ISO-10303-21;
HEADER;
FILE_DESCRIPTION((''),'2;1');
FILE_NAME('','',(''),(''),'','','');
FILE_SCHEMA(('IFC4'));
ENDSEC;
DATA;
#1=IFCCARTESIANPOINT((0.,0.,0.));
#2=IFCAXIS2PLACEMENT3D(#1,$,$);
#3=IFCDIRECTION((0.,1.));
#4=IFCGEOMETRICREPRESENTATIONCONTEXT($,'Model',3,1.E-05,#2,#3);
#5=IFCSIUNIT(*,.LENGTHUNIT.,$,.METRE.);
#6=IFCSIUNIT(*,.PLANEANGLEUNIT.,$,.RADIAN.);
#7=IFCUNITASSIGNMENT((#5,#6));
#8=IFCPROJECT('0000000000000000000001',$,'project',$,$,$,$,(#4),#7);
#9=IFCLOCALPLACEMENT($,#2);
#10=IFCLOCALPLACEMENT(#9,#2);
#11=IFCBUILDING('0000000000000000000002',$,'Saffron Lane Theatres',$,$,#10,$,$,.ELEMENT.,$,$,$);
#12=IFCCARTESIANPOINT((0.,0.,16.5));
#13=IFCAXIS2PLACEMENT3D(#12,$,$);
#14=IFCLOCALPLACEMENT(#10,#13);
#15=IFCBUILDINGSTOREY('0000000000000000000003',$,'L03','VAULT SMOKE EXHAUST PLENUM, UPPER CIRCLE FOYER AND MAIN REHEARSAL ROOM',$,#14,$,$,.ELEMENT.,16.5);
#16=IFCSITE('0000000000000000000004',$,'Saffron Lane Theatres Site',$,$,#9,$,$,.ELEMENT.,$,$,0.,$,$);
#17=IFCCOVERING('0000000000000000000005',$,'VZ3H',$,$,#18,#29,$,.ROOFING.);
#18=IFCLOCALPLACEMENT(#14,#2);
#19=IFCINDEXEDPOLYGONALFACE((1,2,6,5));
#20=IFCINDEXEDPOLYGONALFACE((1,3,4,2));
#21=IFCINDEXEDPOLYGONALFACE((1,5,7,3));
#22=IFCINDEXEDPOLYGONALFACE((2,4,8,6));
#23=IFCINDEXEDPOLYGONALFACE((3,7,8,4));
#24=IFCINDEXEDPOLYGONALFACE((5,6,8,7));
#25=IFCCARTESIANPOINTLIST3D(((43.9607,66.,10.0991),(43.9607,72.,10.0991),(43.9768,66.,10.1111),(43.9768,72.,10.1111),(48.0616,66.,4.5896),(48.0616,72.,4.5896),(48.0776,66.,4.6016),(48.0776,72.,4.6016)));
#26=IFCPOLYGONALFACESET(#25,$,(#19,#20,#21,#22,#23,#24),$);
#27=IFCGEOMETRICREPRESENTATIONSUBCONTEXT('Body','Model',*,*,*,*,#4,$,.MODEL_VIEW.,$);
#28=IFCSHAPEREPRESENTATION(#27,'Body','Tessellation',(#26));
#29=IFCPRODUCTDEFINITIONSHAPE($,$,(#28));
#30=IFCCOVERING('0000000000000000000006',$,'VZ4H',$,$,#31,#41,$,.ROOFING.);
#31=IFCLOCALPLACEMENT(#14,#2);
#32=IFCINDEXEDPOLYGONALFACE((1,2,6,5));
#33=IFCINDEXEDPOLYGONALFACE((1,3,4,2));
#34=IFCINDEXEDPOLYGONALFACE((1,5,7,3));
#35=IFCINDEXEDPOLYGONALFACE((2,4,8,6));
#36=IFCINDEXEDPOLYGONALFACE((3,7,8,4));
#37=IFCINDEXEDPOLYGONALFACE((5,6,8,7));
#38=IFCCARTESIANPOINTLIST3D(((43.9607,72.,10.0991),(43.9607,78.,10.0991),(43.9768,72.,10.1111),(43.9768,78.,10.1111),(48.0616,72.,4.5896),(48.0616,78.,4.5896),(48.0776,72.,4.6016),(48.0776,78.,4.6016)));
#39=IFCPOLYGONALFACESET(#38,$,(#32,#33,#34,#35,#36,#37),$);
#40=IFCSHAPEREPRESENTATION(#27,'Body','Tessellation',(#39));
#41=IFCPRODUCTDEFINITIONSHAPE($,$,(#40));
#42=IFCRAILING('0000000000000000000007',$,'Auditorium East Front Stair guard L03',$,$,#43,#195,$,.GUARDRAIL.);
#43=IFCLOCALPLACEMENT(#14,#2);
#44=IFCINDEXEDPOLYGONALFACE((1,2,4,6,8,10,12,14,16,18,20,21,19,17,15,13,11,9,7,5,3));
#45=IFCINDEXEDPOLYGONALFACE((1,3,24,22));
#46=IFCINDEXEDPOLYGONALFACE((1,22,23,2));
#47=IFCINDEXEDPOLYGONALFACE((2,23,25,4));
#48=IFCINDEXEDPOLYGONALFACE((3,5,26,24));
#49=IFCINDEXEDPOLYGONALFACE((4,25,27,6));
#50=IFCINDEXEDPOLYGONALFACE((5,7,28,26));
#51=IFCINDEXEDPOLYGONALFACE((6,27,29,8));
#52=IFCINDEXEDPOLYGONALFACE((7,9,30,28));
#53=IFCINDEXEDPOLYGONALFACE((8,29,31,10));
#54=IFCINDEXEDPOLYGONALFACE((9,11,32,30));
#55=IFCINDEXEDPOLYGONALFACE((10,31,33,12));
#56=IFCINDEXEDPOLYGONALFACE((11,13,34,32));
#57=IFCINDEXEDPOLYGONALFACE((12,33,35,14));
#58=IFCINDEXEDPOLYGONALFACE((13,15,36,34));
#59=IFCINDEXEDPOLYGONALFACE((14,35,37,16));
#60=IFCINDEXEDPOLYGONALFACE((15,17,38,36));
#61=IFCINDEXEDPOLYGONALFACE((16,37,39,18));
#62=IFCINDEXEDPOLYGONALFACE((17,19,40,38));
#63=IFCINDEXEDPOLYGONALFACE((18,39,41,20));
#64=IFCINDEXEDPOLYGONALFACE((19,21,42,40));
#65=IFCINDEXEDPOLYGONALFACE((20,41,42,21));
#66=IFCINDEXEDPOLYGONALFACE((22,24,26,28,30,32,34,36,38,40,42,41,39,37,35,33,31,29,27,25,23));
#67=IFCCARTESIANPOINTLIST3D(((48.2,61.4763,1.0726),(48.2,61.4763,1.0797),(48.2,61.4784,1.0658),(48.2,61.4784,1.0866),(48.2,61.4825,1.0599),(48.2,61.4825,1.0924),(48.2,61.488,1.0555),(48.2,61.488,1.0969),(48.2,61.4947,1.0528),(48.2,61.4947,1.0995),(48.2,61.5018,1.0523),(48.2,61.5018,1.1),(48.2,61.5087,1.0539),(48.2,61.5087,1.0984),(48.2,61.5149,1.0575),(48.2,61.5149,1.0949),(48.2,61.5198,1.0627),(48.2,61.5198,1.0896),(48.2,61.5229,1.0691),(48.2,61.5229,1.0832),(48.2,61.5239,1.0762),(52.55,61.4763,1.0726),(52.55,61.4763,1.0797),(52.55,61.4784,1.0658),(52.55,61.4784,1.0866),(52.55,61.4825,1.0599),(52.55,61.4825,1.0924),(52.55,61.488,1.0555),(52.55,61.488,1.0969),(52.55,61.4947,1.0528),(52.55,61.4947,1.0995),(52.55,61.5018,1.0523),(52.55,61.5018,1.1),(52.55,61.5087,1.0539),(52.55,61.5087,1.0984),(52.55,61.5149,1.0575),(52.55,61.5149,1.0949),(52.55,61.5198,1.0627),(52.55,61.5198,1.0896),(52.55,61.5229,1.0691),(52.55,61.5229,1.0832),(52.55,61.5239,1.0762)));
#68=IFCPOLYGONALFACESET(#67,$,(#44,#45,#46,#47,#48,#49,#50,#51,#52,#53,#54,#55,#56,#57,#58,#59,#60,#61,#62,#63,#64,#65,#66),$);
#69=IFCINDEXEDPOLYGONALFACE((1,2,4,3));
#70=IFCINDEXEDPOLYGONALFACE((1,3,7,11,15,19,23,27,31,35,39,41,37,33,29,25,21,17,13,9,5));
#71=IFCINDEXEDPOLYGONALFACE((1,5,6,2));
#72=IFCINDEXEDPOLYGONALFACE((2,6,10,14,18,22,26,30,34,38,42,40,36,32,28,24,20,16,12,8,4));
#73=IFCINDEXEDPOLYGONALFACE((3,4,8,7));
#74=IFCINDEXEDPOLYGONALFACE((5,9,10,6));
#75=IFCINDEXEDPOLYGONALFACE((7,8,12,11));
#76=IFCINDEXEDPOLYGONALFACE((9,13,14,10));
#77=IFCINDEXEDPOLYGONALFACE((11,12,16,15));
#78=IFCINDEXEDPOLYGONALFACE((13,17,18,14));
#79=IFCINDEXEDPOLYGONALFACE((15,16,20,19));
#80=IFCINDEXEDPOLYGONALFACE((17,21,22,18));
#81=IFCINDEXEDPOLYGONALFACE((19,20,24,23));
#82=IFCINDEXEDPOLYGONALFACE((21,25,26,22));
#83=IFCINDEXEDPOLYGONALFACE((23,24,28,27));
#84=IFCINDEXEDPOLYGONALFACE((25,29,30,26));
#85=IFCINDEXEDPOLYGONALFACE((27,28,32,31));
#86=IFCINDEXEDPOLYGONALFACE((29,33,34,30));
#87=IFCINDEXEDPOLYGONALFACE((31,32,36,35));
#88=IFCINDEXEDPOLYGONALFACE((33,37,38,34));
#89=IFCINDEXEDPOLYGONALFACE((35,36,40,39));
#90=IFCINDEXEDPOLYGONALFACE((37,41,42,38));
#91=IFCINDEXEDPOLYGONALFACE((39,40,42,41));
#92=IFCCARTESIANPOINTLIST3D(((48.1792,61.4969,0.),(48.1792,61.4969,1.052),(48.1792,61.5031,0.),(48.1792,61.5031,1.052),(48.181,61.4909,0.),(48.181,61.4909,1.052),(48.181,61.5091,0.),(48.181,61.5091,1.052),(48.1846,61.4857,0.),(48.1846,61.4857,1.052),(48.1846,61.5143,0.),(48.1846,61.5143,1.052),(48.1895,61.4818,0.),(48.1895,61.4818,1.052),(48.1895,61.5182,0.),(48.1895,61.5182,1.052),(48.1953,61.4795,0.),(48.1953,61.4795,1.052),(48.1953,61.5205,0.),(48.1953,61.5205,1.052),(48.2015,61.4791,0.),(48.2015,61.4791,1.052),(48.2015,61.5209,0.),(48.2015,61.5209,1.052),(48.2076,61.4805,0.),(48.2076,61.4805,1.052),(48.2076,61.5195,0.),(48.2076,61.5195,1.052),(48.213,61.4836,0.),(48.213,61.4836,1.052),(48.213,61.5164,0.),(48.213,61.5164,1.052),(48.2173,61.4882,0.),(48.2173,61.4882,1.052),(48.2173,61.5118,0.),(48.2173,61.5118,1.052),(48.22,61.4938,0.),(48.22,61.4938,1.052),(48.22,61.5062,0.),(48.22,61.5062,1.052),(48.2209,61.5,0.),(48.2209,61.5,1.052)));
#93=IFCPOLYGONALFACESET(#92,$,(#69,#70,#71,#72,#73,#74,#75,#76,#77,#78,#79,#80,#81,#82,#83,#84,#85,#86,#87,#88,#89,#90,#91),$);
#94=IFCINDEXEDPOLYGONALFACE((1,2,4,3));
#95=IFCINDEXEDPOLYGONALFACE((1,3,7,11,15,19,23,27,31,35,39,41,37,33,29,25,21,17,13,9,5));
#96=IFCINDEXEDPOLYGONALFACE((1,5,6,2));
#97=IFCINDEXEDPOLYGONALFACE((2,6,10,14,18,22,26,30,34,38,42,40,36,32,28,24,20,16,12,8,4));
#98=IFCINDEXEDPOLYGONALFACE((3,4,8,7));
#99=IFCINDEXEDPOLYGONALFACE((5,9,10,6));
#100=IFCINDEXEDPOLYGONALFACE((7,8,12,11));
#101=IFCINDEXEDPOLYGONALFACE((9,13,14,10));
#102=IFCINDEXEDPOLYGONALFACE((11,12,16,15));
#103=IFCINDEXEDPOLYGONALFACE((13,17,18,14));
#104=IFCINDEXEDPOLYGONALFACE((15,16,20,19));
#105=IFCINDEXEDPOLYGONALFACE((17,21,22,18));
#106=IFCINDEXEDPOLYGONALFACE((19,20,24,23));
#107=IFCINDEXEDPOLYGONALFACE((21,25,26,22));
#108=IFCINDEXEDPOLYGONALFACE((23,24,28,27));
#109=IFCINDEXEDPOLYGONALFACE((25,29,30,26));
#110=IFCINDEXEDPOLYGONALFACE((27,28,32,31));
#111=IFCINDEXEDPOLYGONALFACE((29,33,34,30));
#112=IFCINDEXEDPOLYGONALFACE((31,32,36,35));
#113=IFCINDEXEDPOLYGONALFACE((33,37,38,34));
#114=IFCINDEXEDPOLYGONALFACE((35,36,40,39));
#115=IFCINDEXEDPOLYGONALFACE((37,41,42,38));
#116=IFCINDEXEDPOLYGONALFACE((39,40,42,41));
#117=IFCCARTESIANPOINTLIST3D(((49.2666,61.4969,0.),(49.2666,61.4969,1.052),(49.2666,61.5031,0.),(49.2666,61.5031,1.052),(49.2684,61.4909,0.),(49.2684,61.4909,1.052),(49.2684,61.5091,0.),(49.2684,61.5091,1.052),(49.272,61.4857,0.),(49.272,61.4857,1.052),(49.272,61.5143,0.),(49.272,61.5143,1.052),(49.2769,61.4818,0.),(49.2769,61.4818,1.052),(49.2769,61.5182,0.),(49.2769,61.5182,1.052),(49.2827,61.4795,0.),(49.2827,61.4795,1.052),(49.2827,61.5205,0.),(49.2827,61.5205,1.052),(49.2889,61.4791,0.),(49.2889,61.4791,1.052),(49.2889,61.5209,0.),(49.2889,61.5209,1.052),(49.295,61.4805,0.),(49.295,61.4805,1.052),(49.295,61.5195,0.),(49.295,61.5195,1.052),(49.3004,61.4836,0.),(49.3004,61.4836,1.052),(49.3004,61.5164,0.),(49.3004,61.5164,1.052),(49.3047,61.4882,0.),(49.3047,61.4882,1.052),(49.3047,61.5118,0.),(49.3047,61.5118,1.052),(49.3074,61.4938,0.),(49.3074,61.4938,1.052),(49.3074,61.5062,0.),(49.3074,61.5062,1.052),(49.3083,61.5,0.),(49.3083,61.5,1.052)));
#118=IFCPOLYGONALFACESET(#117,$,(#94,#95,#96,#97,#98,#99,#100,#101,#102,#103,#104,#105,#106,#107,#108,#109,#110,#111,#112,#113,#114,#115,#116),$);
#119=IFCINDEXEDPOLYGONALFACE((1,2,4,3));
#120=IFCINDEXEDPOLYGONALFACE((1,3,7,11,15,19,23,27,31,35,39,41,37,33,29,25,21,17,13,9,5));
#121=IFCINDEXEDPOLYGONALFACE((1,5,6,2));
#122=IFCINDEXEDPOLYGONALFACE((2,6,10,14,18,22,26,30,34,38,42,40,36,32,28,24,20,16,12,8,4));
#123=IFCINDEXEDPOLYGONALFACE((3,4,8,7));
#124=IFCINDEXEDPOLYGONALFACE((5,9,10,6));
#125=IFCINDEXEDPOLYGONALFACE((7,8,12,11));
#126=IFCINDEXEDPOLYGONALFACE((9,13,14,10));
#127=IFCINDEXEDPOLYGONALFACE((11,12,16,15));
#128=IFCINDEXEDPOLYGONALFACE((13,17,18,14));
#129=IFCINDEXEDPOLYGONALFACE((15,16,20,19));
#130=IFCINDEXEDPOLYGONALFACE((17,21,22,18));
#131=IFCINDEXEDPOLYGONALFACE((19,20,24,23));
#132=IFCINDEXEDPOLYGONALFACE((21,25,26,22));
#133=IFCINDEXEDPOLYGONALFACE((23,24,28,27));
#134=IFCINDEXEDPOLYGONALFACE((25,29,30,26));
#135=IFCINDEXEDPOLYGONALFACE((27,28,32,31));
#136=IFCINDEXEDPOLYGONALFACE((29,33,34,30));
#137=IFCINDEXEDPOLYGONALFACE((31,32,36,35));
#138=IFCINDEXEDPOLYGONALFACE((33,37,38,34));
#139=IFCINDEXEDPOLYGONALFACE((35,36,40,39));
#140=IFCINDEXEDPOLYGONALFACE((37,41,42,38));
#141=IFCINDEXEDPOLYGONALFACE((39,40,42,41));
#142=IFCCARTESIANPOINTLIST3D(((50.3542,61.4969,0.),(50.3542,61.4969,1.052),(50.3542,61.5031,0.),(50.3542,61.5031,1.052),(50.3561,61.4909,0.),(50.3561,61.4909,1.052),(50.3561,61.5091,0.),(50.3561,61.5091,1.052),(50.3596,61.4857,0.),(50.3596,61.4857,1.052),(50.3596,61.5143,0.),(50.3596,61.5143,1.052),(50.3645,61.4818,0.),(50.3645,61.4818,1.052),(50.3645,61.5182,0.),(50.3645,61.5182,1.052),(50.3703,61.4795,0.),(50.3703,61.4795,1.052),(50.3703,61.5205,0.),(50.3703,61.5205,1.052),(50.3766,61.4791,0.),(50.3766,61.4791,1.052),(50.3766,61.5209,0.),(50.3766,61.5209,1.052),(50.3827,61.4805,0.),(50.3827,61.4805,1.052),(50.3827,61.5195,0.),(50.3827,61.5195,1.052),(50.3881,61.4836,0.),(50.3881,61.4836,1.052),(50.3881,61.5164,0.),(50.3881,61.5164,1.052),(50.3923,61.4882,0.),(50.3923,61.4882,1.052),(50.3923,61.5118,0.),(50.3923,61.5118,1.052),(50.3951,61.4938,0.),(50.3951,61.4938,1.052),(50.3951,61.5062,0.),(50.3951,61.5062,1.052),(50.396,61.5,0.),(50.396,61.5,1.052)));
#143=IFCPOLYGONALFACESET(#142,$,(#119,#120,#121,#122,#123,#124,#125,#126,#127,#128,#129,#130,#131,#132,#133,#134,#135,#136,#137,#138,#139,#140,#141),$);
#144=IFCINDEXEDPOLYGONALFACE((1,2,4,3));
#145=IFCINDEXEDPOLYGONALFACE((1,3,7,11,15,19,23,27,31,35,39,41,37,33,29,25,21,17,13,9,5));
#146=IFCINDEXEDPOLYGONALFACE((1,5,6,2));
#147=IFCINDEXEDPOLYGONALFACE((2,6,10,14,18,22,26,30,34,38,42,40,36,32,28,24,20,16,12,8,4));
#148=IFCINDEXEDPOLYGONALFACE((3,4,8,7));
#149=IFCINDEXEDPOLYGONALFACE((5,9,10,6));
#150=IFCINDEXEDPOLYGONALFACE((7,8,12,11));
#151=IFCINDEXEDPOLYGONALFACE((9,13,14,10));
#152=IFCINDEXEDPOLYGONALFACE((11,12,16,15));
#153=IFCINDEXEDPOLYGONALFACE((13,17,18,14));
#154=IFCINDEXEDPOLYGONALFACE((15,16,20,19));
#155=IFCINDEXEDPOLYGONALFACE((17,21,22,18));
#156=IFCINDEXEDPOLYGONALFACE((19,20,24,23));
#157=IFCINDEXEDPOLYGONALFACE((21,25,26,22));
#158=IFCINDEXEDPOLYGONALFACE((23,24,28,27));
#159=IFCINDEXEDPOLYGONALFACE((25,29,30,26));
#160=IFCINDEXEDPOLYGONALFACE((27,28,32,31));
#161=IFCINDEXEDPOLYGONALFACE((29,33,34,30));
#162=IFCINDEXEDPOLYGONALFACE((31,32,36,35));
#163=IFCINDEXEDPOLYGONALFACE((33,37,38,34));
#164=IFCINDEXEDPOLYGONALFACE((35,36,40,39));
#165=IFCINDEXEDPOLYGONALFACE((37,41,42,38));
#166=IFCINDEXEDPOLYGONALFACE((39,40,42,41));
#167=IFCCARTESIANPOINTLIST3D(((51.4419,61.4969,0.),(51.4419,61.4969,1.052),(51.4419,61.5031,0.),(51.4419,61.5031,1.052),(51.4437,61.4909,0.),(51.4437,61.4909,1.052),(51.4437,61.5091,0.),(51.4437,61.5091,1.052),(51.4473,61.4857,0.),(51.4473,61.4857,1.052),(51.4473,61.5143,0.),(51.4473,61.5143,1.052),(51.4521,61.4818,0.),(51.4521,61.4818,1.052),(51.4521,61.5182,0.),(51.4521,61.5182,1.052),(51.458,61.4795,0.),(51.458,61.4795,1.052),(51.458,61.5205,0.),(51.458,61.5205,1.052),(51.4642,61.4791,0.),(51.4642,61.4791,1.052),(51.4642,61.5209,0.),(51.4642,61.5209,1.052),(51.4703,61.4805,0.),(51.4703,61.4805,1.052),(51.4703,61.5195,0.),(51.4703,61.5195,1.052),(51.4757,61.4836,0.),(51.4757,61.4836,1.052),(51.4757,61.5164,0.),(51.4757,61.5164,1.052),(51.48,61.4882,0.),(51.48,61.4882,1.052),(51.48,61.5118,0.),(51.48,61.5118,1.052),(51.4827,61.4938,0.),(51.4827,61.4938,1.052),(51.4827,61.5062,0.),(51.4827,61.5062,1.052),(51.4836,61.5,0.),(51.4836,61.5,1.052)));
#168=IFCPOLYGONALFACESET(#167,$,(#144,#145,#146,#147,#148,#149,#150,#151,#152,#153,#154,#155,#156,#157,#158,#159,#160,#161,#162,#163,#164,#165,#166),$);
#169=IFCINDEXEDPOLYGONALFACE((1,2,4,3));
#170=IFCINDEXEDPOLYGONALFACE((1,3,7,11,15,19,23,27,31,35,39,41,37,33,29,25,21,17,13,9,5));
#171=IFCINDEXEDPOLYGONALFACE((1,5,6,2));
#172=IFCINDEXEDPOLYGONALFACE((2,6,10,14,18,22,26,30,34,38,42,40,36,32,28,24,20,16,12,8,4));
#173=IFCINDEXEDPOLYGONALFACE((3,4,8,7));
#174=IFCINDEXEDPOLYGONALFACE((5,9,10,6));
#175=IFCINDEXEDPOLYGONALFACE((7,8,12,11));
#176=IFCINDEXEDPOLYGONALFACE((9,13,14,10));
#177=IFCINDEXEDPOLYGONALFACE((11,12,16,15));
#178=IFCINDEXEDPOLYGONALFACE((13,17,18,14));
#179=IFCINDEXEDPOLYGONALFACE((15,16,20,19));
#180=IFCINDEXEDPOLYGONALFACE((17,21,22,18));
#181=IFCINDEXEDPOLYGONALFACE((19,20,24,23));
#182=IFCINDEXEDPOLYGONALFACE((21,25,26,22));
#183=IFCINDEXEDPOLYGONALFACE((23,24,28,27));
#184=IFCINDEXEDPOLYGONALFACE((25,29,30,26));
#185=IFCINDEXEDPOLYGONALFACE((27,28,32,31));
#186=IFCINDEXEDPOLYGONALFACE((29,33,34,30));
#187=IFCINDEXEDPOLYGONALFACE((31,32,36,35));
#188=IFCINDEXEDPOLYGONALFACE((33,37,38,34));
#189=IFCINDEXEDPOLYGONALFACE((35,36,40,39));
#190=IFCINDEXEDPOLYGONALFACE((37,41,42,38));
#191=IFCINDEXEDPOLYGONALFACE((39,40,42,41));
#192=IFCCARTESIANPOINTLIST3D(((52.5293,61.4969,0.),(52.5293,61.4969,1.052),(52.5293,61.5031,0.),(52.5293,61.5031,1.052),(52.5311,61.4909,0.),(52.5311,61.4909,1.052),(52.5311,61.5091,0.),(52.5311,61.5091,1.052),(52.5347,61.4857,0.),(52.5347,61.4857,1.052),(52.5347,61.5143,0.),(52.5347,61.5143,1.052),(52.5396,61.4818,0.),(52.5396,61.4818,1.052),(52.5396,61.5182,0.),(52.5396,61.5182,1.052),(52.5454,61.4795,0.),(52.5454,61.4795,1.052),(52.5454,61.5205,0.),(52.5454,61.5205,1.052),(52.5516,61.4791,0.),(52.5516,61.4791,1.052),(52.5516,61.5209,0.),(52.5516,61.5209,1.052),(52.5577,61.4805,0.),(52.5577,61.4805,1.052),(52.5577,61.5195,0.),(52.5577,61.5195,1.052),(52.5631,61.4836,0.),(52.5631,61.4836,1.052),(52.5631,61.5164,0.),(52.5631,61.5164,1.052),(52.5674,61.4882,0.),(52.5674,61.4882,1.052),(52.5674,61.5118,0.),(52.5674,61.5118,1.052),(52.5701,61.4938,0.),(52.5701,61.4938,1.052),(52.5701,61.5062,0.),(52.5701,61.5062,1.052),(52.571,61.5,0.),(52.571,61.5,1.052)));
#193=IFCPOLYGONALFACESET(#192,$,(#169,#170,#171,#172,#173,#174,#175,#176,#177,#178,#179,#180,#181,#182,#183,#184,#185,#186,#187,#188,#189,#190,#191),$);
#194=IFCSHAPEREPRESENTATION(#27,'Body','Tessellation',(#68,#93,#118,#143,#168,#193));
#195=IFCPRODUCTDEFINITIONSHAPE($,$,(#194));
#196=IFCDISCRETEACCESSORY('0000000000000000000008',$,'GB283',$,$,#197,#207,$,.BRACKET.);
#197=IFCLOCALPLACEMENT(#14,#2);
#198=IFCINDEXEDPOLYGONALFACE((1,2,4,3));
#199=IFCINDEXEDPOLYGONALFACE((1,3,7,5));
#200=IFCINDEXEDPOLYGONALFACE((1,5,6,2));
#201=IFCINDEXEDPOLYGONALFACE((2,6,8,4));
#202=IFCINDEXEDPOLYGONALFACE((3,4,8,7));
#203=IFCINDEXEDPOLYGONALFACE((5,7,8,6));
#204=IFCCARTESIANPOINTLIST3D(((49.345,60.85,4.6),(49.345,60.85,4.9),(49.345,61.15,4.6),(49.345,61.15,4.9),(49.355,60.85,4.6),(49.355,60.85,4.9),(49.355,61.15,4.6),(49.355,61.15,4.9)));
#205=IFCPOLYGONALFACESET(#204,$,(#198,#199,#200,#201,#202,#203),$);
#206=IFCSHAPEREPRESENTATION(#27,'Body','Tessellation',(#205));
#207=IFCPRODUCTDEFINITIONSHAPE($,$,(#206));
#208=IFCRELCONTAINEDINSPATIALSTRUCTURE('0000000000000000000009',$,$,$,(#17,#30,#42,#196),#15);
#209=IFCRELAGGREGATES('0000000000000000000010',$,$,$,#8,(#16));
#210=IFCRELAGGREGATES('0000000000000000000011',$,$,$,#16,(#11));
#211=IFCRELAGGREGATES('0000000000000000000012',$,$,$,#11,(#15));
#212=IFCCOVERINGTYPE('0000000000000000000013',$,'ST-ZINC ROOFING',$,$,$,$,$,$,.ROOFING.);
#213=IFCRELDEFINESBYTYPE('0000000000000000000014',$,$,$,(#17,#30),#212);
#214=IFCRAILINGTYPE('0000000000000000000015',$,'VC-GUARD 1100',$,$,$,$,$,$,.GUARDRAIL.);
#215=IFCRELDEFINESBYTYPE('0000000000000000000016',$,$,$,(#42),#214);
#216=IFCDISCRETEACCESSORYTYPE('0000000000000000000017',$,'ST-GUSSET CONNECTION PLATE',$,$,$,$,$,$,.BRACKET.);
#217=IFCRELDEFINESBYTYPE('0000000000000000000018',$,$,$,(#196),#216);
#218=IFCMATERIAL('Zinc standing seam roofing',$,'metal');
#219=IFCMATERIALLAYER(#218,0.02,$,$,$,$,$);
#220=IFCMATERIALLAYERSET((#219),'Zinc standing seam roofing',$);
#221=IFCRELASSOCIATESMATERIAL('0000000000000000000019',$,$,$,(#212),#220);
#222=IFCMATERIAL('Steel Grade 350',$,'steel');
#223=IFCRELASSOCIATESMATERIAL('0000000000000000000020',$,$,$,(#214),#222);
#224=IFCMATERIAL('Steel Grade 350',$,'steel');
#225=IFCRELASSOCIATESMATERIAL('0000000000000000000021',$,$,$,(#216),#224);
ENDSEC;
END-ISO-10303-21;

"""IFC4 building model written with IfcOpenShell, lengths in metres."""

from ifc_helpers import new_model, si_unit, direction, frame, origin, origin_2d, place, context, subcontext, project, spatial, polyline, rectangle, circle, outline, extrude, material, layer, layer_set, material_profile, profile_set, type_object, element, save


model = new_model("IFC4")

# Units and contexts
model_context = context("Model", 3, precision=1e-05, world=origin(), true_north=direction((0.0, 1.0)))
body_context = subcontext(model_context, "Body", "Model", "MODEL_VIEW")
ifc_project = project(units=[si_unit("LENGTHUNIT", "METRE"), si_unit("PLANEANGLEUNIT", "RADIAN")], contexts=[model_context])

# Site, building, storey
site_placement = place(None, origin())
site = spatial("IfcSite", under=ifc_project, at=site_placement, Name="Saffron Lane Theatres Site", CompositionType="ELEMENT", RefElevation=0.0)
building_placement = place(site_placement, origin())
building = spatial("IfcBuilding", under=site, at=building_placement, Name="Saffron Lane Theatres", CompositionType="ELEMENT")
storey_placement = place(building_placement, frame((0.0, 0.0, 16.5)))
storey = spatial("IfcBuildingStorey", under=building, at=storey_placement, Name="L03", Description="VAULT SMOKE EXHAUST PLENUM, UPPER CIRCLE FOYER AND MAIN REHEARSAL ROOM", CompositionType="ELEMENT", Elevation=16.5)

# Coverings
ifc_material_1 = material(Name="Zinc standing seam roofing", Category="metal")
ifc_layer_1 = layer(ifc_material_1, 0.02)
ifc_layer_set_1 = layer_set([ifc_layer_1], Name="Zinc standing seam roofing")
covering_type = type_object("IfcCoveringType", Name="ST-ZINC ROOFING", PredefinedType="ROOFING", material=ifc_layer_set_1)
for number, where, z_axis, x_axis, name in (
    (1, (43.9768, 66.0, 10.1111), (0.802183, 0.0, 0.597078), (0.597078, 0.0, -0.802183), "VZ3H"),
    (2, (43.9768, 72.0, 10.1111), (0.802183, 0.0, 0.597078), (0.597078, 0.0, -0.802183), "VZ4H"),
):
    element("IfcCovering", number, at=place(storey_placement, frame(where, z_axis=z_axis, x_axis=x_axis)), inside=storey, type_object=covering_type, Name=name, PredefinedType="ROOFING", context=body_context, shape_type="SweptSolid", body=[
        extrude(outline(polyline([(0.0, 0.0), (6.8682, 0.0), (6.8682, 6.0), (0.0, 6.0), (0.0, 0.0)])), origin(), (0.0, 0.0, -1.0), 0.02),
    ])

# Railing
ifc_material_2 = material(Name="Steel Grade 350", Category="steel")
railing_type = type_object("IfcRailingType", Name="VC-GUARD 1100", PredefinedType="GUARDRAIL", material=ifc_material_2)
railing_placement = place(storey_placement, frame((48.2, 61.5, 0.0)))
element("IfcRailing", 3, at=railing_placement, inside=storey, type_object=railing_type, Name="Auditorium East Front Stair guard L03", PredefinedType="GUARDRAIL", context=body_context, shape_type="SweptSolid", body=[
    extrude(circle(Radius=0.0239, at=origin_2d()), frame((0.0, 0.0, 1.0762), z_axis=(1.0, 0.0, 0.0), x_axis=(0.0, 1.0, 0.0)), (0.0, 0.0, 1.0), 4.3501),
    extrude(circle(Radius=0.021, at=origin_2d()), origin(), (0.0, 0.0, 1.0), 1.052),
    extrude(circle(Radius=0.021, at=origin_2d()), frame((1.0874, 0.0, 0.0)), (0.0, 0.0, 1.0), 1.052),
    extrude(circle(Radius=0.021, at=origin_2d()), frame((2.175, 0.0, 0.0)), (0.0, 0.0, 1.0), 1.052),
    extrude(circle(Radius=0.021, at=origin_2d()), frame((3.2627, 0.0, 0.0)), (0.0, 0.0, 1.0), 1.052),
    extrude(circle(Radius=0.021, at=origin_2d()), frame((4.3501, 0.0, 0.0)), (0.0, 0.0, 1.0), 1.052),
])

# Discrete accessory
ifc_material_3 = material(Name="Steel Grade 350", Category="steel")
ifc_material_profile_1 = material_profile(ifc_material_3, rectangle(XDim=0.3, YDim=0.3, at=origin_2d()))
ifc_profile_set_1 = profile_set([ifc_material_profile_1], Name="Steel Grade 350")
discrete_accessory_type_1 = type_object("IfcDiscreteAccessoryType", Name="ST-GUSSET CONNECTION PLATE", PredefinedType="BRACKET", material=ifc_profile_set_1)
for number, where, z_axis, x_axis, name in (
    (4, (49.345, 61.0, 4.75), (1.0, 0.0, 0.0), (0.0, 1.0, 0.0), "GB283"),
):
    element("IfcDiscreteAccessory", number, at=place(storey_placement, frame(where, z_axis=z_axis, x_axis=x_axis)), inside=storey, type_object=discrete_accessory_type_1, Name=name, PredefinedType="BRACKET", context=body_context, shape_type="SweptSolid", body=[
        extrude(rectangle(XDim=0.3, YDim=0.3, at=origin_2d()), origin(), (0.0, 0.0, 1.0), 0.01),
    ])

save(model, "model.ifc")
